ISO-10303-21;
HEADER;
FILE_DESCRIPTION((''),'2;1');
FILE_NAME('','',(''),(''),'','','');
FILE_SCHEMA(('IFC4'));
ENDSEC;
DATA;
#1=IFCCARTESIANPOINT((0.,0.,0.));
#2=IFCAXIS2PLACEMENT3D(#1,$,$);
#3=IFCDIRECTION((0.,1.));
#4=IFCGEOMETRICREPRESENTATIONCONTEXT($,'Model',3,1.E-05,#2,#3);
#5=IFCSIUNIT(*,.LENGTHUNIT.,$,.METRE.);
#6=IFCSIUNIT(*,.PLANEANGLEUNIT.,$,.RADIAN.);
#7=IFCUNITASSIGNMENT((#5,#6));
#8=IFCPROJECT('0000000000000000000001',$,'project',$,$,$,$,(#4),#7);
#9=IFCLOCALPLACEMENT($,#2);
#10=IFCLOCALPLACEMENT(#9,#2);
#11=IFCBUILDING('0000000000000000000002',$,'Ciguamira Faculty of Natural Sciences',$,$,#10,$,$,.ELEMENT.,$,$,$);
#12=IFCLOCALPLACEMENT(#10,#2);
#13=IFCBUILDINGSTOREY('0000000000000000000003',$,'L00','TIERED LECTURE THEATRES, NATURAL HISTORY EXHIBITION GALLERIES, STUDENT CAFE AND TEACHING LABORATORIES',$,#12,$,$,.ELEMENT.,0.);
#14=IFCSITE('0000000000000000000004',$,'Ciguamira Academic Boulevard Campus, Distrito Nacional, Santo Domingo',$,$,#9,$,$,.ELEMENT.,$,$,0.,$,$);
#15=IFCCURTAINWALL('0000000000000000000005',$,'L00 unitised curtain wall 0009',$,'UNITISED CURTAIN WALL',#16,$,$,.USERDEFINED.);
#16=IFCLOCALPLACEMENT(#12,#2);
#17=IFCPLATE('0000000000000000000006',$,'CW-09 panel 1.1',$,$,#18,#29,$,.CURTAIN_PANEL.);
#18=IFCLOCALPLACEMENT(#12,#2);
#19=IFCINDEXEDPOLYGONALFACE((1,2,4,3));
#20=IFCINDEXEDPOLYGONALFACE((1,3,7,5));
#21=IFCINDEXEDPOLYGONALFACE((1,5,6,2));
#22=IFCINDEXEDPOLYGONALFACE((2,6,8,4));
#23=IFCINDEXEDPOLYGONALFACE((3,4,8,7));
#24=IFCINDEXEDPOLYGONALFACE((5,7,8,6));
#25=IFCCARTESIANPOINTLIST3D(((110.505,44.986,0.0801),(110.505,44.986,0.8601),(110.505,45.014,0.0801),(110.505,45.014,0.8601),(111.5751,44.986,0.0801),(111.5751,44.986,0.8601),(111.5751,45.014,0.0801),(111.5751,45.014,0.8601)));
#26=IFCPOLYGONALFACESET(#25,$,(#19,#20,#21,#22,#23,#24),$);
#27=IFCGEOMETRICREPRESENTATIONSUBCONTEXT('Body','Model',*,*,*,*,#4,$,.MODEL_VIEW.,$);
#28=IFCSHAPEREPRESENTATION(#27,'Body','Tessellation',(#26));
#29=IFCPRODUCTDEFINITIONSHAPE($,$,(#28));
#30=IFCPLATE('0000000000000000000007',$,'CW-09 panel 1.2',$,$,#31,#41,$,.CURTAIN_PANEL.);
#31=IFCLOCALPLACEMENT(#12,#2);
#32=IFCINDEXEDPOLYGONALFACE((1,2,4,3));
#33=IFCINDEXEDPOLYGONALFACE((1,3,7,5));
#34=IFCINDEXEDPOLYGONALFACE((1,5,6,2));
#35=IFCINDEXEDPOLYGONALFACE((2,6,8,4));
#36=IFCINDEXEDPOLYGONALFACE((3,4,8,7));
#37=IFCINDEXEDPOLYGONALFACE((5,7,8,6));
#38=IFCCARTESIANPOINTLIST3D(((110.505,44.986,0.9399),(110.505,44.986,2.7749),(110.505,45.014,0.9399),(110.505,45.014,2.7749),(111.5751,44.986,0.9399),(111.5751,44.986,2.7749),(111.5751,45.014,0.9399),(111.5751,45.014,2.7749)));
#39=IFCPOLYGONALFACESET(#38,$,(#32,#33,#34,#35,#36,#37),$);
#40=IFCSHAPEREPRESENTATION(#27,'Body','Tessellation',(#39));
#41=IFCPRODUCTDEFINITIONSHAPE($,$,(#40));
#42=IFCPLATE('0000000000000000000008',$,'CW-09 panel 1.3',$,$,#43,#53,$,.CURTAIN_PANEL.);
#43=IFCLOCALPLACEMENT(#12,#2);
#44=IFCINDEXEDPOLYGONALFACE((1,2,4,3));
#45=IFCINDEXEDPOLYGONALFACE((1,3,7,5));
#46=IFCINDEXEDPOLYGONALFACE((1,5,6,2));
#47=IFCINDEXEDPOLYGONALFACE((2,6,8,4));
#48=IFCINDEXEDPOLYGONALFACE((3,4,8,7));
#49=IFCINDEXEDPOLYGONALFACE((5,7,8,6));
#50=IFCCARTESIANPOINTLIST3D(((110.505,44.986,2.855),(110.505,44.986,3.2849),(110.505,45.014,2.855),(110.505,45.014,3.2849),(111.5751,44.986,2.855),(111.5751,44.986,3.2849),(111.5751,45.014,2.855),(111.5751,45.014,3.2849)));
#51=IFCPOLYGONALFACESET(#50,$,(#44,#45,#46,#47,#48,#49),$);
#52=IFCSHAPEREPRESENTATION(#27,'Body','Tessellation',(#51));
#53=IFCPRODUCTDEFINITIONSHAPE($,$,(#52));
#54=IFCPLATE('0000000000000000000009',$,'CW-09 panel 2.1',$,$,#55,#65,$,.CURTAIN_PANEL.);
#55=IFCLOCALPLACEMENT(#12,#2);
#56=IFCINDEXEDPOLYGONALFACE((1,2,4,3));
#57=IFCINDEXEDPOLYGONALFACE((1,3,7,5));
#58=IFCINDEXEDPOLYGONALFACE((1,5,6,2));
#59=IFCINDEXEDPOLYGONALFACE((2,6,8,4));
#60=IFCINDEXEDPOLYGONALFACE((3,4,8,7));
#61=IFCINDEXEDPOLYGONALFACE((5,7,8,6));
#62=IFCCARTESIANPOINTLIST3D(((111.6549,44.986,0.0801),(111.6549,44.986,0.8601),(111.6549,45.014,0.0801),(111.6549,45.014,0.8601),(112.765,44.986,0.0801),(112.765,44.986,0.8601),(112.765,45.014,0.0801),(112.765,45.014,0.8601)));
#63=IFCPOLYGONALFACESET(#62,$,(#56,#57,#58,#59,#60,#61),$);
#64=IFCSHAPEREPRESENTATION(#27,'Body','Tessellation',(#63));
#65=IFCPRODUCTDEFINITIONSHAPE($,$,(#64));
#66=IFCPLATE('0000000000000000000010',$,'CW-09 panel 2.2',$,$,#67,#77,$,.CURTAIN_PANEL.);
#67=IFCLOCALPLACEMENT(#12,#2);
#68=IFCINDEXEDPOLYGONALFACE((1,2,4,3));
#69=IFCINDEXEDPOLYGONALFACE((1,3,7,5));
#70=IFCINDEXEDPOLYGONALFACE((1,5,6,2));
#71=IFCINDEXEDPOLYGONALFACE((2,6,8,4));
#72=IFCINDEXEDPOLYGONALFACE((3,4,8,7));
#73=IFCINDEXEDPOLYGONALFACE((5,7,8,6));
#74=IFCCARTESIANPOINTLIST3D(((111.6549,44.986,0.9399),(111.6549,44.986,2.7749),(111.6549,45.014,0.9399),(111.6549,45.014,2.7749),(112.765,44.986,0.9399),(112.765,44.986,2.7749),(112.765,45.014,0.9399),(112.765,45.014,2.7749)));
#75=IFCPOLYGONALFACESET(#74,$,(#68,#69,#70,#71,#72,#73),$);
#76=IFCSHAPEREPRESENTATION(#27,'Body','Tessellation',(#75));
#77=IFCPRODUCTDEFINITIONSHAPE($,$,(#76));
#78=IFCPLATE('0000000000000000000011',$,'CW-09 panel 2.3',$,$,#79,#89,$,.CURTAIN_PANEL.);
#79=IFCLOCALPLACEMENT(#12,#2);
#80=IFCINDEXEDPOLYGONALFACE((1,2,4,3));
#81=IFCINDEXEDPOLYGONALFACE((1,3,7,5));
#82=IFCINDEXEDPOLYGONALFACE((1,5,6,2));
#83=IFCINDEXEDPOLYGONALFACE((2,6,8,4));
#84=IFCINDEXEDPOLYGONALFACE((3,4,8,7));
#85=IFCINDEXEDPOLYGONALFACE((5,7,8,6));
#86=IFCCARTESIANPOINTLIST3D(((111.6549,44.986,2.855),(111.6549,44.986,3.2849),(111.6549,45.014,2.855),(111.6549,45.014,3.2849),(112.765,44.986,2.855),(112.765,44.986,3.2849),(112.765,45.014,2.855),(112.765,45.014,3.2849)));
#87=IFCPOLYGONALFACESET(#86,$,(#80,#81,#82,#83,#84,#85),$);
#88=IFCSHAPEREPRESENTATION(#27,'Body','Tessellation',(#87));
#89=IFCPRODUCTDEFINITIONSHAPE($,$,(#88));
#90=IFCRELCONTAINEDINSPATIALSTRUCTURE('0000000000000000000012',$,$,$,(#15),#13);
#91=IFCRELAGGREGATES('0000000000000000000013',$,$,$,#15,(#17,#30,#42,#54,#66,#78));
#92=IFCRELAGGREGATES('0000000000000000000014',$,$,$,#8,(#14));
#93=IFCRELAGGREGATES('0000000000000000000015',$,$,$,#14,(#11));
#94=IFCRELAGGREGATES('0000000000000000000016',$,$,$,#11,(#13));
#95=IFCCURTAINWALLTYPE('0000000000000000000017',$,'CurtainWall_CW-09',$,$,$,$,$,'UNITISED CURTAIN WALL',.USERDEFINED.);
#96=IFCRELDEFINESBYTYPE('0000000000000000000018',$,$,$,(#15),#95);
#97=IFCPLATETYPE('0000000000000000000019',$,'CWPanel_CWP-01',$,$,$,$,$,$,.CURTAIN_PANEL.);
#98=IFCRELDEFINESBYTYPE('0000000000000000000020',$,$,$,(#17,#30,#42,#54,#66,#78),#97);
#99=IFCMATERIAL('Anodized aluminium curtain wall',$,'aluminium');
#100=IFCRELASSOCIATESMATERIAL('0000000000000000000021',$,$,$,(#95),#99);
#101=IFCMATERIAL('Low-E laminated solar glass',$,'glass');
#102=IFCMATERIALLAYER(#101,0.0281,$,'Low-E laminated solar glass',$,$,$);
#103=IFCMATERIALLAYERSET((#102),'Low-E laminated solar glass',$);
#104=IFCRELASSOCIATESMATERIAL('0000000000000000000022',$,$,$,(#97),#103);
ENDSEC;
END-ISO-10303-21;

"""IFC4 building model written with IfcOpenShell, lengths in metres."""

from ifc_helpers import new_model, si_unit, direction, frame, origin, origin_2d, place, context, subcontext, project, spatial, rectangle, extrude, material, layer, layer_set, type_object, element, aggregate, save


model = new_model("IFC4")

# Units and contexts
model_context = context("Model", 3, precision=1e-05, world=origin(), true_north=direction((0.0, 1.0)))
body_context = subcontext(model_context, "Body", "Model", "MODEL_VIEW")
ifc_project = project(units=[si_unit("LENGTHUNIT", "METRE"), si_unit("PLANEANGLEUNIT", "RADIAN")], contexts=[model_context])

# Site, building, storey
site_placement = place(None, origin())
site = spatial("IfcSite", under=ifc_project, at=site_placement, Name="Ciguamira Academic Boulevard Campus, Distrito Nacional, Santo Domingo", CompositionType="ELEMENT", RefElevation=0.0)
building_placement = place(site_placement, origin())
building = spatial("IfcBuilding", under=site, at=building_placement, Name="Ciguamira Faculty of Natural Sciences", CompositionType="ELEMENT")
storey_placement = place(building_placement, origin())
storey = spatial("IfcBuildingStorey", under=building, at=storey_placement, Name="L00", Description="TIERED LECTURE THEATRES, NATURAL HISTORY EXHIBITION GALLERIES, STUDENT CAFE AND TEACHING LABORATORIES", CompositionType="ELEMENT", Elevation=0.0)

# Curtain wall
ifc_material_1 = material(Name="Anodized aluminium curtain wall", Category="aluminium")
curtain_wall_type = type_object("IfcCurtainWallType", Name="CurtainWall_CW-09", ElementType="UNITISED CURTAIN WALL", PredefinedType="USERDEFINED", material=ifc_material_1)
curtain_wall_placement = place(storey_placement, origin())
curtain_wall = element("IfcCurtainWall", 1, at=curtain_wall_placement, inside=storey, type_object=curtain_wall_type, Name="L00 unitised curtain wall 0009", ObjectType="UNITISED CURTAIN WALL", PredefinedType="USERDEFINED")

# Plates
ifc_material_2 = material(Name="Low-E laminated solar glass", Category="glass")
ifc_layer = layer(ifc_material_2, 0.0281, Name="Low-E laminated solar glass")
ifc_layer_set = layer_set([ifc_layer], Name="Low-E laminated solar glass")
plate_type = type_object("IfcPlateType", Name="CWPanel_CWP-01", PredefinedType="CURTAIN_PANEL", material=ifc_layer_set)
plate_1_placement = place(storey_placement, frame((111.04, 45.0, 0.0801), z_axis=(0.0, 0.0, 1.0), x_axis=(1.0, 0.0, 0.0)))
plate_1 = element("IfcPlate", 2, at=plate_1_placement, type_object=plate_type, Name="CW-09 panel 1.1", PredefinedType="CURTAIN_PANEL", context=body_context, shape_type="SweptSolid", body=[
    extrude(rectangle(XDim=1.0701, YDim=0.0281, at=origin_2d()), origin(), (0.0, 0.0, 1.0), 0.78),
])
plate_2_placement = place(storey_placement, frame((111.04, 45.0, 0.9399), z_axis=(0.0, 0.0, 1.0), x_axis=(1.0, 0.0, 0.0)))
plate_2 = element("IfcPlate", 3, at=plate_2_placement, type_object=plate_type, Name="CW-09 panel 1.2", PredefinedType="CURTAIN_PANEL", context=body_context, shape_type="SweptSolid", body=[
    extrude(rectangle(XDim=1.0701, YDim=0.0281, at=origin_2d()), origin(), (0.0, 0.0, 1.0), 1.835),
])
plate_3_placement = place(storey_placement, frame((111.04, 45.0, 2.855), z_axis=(0.0, 0.0, 1.0), x_axis=(1.0, 0.0, 0.0)))
plate_3 = element("IfcPlate", 4, at=plate_3_placement, type_object=plate_type, Name="CW-09 panel 1.3", PredefinedType="CURTAIN_PANEL", context=body_context, shape_type="SweptSolid", body=[
    extrude(rectangle(XDim=1.0701, YDim=0.0281, at=origin_2d()), origin(), (0.0, 0.0, 1.0), 0.4299),
])
plate_4_placement = place(storey_placement, frame((112.21, 45.0, 0.0801), z_axis=(0.0, 0.0, 1.0), x_axis=(1.0, 0.0, 0.0)))
plate_4 = element("IfcPlate", 5, at=plate_4_placement, type_object=plate_type, Name="CW-09 panel 2.1", PredefinedType="CURTAIN_PANEL", context=body_context, shape_type="SweptSolid", body=[
    extrude(rectangle(XDim=1.1101, YDim=0.0281, at=origin_2d()), origin(), (0.0, 0.0, 1.0), 0.78),
])
plate_5_placement = place(storey_placement, frame((112.21, 45.0, 0.9399), z_axis=(0.0, 0.0, 1.0), x_axis=(1.0, 0.0, 0.0)))
plate_5 = element("IfcPlate", 6, at=plate_5_placement, type_object=plate_type, Name="CW-09 panel 2.2", PredefinedType="CURTAIN_PANEL", context=body_context, shape_type="SweptSolid", body=[
    extrude(rectangle(XDim=1.1101, YDim=0.0281, at=origin_2d()), origin(), (0.0, 0.0, 1.0), 1.835),
])
plate_6_placement = place(storey_placement, frame((112.21, 45.0, 2.855), z_axis=(0.0, 0.0, 1.0), x_axis=(1.0, 0.0, 0.0)))
plate_6 = element("IfcPlate", 7, at=plate_6_placement, type_object=plate_type, Name="CW-09 panel 2.3", PredefinedType="CURTAIN_PANEL", context=body_context, shape_type="SweptSolid", body=[
    extrude(rectangle(XDim=1.1101, YDim=0.0281, at=origin_2d()), origin(), (0.0, 0.0, 1.0), 0.4299),
])
aggregate(curtain_wall, [plate_1, plate_2, plate_3, plate_4, plate_5, plate_6])

save(model, "model.ifc")
